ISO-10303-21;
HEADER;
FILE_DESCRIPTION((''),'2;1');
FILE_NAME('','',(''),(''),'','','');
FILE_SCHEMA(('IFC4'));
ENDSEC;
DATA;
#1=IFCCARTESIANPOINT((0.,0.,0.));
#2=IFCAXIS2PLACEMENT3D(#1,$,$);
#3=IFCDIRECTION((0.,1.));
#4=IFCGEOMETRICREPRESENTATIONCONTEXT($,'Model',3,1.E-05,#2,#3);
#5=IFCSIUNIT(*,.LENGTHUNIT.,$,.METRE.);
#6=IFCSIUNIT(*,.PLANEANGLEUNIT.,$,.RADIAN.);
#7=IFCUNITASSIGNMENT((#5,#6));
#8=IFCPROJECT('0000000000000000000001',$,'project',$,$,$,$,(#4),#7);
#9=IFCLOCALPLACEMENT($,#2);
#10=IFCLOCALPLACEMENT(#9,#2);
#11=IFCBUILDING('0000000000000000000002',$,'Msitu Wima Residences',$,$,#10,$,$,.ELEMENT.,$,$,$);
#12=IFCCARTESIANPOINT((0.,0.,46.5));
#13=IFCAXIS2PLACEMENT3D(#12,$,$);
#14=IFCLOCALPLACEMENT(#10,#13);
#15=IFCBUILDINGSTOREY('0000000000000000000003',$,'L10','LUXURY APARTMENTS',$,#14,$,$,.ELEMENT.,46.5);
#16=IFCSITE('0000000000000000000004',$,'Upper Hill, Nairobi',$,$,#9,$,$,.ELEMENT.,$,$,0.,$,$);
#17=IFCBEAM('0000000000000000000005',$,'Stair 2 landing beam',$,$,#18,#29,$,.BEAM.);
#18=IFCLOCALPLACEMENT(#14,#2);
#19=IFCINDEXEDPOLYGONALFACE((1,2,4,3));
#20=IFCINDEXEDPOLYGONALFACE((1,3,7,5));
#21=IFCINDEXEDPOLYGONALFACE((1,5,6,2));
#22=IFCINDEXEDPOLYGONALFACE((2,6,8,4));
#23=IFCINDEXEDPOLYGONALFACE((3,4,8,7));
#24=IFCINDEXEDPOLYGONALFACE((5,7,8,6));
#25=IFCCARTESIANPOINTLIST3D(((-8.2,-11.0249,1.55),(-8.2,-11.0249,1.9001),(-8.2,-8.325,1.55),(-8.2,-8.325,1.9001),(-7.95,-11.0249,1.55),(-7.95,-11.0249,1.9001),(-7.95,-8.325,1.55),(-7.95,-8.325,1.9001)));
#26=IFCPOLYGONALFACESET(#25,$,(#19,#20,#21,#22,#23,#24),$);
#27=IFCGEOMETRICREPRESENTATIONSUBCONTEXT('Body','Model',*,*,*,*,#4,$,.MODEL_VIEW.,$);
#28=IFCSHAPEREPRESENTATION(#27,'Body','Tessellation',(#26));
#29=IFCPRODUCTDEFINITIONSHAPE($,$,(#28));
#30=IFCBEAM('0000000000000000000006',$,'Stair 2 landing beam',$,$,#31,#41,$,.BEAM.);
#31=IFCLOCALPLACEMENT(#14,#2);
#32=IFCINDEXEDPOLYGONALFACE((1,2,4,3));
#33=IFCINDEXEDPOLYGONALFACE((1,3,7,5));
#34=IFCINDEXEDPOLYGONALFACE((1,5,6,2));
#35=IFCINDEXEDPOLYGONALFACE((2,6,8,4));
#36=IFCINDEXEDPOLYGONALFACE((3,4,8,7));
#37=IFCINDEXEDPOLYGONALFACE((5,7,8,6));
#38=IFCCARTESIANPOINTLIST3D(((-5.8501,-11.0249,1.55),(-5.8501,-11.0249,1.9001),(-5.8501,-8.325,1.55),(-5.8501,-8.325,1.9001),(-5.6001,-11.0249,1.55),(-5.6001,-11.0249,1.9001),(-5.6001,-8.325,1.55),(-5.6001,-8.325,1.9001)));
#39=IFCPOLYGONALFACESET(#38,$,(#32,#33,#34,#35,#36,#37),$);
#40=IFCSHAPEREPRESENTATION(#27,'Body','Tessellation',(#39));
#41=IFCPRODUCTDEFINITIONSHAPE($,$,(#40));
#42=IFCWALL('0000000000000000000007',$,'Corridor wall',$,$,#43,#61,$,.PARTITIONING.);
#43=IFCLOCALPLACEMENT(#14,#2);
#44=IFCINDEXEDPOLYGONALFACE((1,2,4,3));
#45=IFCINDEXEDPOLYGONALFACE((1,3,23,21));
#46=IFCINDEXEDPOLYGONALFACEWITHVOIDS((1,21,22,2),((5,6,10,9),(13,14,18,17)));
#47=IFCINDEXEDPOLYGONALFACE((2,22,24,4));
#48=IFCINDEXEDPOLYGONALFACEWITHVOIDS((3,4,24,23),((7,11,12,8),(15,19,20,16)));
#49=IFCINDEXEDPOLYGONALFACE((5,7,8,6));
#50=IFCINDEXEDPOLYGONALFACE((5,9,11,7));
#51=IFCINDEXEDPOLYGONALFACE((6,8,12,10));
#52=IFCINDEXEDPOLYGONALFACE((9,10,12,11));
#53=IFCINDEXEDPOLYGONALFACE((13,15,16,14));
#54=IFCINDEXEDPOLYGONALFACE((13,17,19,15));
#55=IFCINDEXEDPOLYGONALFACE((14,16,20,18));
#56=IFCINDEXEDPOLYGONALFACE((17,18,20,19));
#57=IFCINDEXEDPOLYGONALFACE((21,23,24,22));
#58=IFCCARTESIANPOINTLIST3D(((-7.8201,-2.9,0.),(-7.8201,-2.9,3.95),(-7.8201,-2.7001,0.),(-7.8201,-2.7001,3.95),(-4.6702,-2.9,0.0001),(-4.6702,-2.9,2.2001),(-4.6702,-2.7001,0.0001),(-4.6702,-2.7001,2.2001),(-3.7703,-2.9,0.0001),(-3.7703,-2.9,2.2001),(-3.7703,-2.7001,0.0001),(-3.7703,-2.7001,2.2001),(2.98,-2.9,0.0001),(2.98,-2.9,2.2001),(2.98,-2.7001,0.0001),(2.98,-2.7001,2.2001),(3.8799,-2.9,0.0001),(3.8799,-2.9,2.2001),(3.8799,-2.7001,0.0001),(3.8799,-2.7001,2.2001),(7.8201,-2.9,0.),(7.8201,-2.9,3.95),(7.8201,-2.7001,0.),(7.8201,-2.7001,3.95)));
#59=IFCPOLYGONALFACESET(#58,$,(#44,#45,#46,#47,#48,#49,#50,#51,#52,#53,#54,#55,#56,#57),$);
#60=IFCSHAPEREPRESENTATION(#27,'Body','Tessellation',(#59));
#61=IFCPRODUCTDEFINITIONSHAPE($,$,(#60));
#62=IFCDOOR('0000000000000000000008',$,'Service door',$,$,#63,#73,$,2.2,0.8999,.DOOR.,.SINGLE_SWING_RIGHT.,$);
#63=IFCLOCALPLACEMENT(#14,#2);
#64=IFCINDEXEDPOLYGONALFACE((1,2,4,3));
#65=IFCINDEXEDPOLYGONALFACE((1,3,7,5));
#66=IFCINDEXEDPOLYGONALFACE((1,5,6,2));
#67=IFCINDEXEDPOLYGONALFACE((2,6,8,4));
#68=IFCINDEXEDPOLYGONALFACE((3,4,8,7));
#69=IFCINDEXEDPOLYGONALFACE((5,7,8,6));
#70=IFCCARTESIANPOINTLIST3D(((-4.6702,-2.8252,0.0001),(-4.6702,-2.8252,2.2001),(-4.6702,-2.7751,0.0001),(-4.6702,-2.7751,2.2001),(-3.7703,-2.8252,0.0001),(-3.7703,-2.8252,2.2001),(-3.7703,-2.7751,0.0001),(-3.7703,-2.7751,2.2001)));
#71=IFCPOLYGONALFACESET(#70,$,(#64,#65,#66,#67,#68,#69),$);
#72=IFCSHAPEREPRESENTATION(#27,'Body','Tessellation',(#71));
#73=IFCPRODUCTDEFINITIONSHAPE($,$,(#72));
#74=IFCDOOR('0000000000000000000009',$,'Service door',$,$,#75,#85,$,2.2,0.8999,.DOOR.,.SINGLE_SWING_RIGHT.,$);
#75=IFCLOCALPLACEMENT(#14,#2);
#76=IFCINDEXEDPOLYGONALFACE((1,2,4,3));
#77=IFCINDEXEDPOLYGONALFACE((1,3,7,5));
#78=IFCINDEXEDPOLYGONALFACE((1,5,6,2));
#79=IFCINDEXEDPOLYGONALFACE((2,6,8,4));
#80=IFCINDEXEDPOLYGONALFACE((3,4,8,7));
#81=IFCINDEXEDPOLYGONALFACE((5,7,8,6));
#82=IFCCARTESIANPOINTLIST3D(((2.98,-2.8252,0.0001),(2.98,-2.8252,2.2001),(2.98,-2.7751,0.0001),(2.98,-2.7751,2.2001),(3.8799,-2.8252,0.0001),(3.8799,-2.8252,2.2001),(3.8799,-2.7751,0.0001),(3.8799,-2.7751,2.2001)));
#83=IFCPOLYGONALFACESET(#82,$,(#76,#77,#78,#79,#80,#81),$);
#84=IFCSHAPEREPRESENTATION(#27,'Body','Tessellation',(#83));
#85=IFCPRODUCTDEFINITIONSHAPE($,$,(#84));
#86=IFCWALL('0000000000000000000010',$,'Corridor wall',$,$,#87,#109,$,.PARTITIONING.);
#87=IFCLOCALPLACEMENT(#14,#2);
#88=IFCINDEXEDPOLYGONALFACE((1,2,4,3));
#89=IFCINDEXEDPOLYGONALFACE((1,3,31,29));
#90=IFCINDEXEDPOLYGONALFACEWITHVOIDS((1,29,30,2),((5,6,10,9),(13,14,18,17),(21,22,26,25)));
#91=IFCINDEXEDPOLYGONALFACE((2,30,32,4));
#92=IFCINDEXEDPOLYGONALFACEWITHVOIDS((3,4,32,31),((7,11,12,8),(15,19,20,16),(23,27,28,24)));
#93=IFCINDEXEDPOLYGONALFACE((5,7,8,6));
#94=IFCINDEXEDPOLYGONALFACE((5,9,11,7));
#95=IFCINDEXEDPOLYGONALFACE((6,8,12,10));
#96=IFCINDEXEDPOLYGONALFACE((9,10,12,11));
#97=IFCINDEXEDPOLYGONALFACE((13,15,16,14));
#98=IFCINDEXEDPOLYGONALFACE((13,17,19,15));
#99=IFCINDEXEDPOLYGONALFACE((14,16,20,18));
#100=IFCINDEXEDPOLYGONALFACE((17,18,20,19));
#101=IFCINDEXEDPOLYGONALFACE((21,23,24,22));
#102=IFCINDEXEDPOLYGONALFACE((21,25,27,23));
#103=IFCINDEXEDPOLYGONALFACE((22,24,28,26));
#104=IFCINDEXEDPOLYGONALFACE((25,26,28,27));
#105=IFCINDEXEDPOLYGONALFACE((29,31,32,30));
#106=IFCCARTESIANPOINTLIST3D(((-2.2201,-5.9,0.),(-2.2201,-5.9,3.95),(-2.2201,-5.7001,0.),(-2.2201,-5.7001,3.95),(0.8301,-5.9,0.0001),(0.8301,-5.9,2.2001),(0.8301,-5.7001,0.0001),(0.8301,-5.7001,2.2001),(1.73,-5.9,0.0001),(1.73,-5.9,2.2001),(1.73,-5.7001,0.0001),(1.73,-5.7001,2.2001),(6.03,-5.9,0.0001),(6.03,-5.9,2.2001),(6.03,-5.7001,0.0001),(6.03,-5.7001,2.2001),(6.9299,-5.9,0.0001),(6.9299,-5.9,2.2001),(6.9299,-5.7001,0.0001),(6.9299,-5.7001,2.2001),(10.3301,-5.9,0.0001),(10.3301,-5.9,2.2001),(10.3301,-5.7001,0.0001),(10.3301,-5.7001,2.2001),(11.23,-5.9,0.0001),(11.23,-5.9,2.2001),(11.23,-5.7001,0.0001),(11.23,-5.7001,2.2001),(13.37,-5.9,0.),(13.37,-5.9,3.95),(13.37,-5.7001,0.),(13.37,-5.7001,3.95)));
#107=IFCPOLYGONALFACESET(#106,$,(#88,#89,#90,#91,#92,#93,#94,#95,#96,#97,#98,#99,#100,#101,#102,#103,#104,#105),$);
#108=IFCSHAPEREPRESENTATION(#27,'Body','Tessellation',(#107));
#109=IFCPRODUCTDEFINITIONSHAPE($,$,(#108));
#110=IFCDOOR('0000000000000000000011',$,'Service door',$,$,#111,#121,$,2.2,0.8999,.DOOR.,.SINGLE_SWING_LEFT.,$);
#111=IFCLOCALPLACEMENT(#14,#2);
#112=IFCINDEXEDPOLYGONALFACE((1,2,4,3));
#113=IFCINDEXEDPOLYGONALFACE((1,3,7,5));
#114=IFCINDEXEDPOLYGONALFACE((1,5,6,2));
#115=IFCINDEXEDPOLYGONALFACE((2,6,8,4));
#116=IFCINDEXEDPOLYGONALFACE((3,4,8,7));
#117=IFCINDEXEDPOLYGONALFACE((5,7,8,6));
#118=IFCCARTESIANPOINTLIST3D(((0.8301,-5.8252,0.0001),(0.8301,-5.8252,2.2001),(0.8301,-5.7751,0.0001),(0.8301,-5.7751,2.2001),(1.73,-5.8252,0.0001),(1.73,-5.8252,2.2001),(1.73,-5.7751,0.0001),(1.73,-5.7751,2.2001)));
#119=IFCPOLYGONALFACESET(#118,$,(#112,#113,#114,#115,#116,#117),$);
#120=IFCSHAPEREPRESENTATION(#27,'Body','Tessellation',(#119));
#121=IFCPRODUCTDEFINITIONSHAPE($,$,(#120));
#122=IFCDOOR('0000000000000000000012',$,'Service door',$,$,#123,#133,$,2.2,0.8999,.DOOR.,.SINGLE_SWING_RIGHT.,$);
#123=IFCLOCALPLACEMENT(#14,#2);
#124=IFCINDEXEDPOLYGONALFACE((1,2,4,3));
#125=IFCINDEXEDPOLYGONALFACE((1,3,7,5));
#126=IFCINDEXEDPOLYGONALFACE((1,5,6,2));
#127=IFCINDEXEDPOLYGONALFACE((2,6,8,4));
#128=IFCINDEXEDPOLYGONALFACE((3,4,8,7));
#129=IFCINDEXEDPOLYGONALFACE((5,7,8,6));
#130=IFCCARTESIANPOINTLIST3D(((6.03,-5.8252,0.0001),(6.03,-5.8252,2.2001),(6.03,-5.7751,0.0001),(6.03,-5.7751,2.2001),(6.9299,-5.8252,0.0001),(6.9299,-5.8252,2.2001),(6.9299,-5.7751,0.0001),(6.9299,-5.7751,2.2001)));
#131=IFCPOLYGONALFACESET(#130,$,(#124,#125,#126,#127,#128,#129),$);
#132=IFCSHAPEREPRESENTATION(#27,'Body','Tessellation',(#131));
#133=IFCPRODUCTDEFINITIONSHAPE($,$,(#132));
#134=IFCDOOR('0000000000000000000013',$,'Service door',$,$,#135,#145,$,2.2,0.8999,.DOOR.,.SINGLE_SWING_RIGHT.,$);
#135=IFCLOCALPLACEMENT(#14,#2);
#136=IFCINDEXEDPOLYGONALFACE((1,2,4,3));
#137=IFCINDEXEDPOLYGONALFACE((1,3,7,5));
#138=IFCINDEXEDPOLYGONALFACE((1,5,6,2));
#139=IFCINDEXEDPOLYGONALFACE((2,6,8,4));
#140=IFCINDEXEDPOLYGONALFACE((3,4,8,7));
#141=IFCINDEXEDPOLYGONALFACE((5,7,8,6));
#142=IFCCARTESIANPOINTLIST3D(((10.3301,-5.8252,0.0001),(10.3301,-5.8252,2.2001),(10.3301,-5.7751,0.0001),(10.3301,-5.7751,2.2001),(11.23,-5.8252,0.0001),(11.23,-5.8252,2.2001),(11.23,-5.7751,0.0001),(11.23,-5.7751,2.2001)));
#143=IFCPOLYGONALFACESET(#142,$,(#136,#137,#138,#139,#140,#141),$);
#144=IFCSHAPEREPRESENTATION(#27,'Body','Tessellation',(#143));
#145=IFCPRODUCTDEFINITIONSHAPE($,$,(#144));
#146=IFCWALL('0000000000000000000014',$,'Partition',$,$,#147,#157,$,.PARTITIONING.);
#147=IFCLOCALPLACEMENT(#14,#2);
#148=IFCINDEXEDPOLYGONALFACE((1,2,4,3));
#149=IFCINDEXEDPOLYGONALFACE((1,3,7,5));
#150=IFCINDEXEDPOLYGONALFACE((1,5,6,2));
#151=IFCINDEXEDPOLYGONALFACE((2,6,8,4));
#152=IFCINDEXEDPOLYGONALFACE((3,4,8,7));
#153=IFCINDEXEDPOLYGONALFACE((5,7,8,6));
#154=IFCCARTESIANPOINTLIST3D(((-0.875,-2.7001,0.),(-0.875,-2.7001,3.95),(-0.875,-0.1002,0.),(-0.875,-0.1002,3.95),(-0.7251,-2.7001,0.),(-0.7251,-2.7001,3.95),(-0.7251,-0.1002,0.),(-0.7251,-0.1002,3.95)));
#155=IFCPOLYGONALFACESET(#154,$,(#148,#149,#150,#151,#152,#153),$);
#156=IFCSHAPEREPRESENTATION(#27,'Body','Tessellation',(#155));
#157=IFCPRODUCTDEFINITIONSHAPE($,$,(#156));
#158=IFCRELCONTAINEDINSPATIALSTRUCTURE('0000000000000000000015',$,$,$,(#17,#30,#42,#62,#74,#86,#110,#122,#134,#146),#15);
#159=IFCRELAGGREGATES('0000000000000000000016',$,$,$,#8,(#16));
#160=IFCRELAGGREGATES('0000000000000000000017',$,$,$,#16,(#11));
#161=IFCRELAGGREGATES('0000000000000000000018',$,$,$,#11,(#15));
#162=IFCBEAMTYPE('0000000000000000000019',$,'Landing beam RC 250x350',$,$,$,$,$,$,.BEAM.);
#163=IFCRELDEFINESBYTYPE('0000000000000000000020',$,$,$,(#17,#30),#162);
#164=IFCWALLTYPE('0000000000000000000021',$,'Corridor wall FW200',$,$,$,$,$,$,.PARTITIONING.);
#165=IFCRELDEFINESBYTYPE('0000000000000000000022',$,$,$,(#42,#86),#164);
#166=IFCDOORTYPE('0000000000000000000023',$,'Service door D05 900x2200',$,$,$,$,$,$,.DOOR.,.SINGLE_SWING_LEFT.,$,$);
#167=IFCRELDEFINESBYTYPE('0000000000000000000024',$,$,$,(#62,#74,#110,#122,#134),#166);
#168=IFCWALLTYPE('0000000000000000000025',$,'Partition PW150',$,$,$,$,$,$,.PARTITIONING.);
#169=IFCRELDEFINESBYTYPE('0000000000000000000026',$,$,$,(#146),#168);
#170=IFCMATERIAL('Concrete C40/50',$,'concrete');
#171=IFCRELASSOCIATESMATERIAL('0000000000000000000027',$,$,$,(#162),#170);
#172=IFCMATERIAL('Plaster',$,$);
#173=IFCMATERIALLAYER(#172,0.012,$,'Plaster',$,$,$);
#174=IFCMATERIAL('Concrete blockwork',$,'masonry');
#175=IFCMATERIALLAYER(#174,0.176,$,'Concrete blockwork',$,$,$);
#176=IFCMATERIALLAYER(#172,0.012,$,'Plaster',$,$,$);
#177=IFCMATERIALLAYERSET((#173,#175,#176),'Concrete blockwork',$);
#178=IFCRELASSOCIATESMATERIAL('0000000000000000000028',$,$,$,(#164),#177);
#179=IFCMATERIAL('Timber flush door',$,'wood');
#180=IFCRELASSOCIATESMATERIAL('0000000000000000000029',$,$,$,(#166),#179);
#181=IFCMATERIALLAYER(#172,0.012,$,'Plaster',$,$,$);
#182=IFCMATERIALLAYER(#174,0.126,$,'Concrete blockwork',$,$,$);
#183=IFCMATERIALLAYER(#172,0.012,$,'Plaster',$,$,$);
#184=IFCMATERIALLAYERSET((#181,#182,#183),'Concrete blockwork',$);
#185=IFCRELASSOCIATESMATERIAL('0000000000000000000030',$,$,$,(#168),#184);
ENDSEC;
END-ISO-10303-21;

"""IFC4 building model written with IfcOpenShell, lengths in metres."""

from ifc_helpers import new_model, si_unit, direction, frame, frame_2d, origin, origin_2d, place, context, subcontext, project, spatial, rectangle, extrude, material, layer, layer_set, material_profile, profile_set, type_object, element, fill, save


model = new_model("IFC4")

# Units and contexts
model_context = context("Model", 3, precision=1e-05, world=origin(), true_north=direction((0.0, 1.0)))
body_context = subcontext(model_context, "Body", "Model", "MODEL_VIEW")
ifc_project = project(units=[si_unit("LENGTHUNIT", "METRE"), si_unit("PLANEANGLEUNIT", "RADIAN")], contexts=[model_context])

# Site, building, storey
site_placement = place(None, origin())
site = spatial("IfcSite", under=ifc_project, at=site_placement, Name="Upper Hill, Nairobi", CompositionType="ELEMENT", RefElevation=0.0)
building_placement = place(site_placement, origin())
building = spatial("IfcBuilding", under=site, at=building_placement, Name="Msitu Wima Residences", CompositionType="ELEMENT")
storey_placement = place(building_placement, frame((0.0, 0.0, 46.5)))
storey = spatial("IfcBuildingStorey", under=building, at=storey_placement, Name="L10", Description="LUXURY APARTMENTS", CompositionType="ELEMENT", Elevation=46.5)

# Beams
ifc_material_1 = material(Name="Concrete C40/50", Category="concrete")
ifc_material_profile = material_profile(ifc_material_1, rectangle(XDim=0.25, YDim=0.3501, at=origin_2d()), Name="RC 250x350")
ifc_profile_set = profile_set([ifc_material_profile], Name="Concrete C40/50")
beam_type = type_object("IfcBeamType", Name="Landing beam RC 250x350", PredefinedType="BEAM", material=ifc_profile_set)
for number, where, z_axis, x_axis, name in (
    (1, (-8.075, -11.0249, 1.7251), (0.0, 1.0, 0.0), (-1.0, 0.0, 0.0), "Stair 2 landing beam"),
    (2, (-5.7251, -11.0249, 1.7251), (0.0, 1.0, 0.0), (-1.0, 0.0, 0.0), "Stair 2 landing beam"),
):
    element("IfcBeam", number, at=place(storey_placement, frame(where, z_axis=z_axis, x_axis=x_axis)), inside=storey, type_object=beam_type, Name=name, PredefinedType="BEAM", context=body_context, shape_type="SweptSolid", body=[
        extrude(rectangle(XDim=0.25, YDim=0.3501, at=origin_2d()), origin(), (0.0, 0.0, 1.0), 2.7),
    ])

# Wall, openings, doors
ifc_material_2 = material(Name="Plaster")
ifc_layer_1 = layer(ifc_material_2, 0.012, Name="Plaster")
ifc_material_3 = material(Name="Concrete blockwork", Category="masonry")
ifc_layer_2 = layer(ifc_material_3, 0.176, Name="Concrete blockwork")
ifc_layer_3 = layer(ifc_material_2, 0.012, Name="Plaster")
ifc_layer_set_1 = layer_set([ifc_layer_1, ifc_layer_2, ifc_layer_3], Name="Concrete blockwork")
wall_type_1 = type_object("IfcWallType", Name="Corridor wall FW200", PredefinedType="PARTITIONING", material=ifc_layer_set_1)
wall_1_placement = place(storey_placement, frame((-7.8201, -2.8, 0.0), z_axis=(0.0, 0.0, 1.0), x_axis=(1.0, 0.0, 0.0)))
wall_1 = element("IfcWall", 3, at=wall_1_placement, inside=storey, type_object=wall_type_1, Name="Corridor wall", PredefinedType="PARTITIONING", context=body_context, shape_type="SweptSolid", body=[
    extrude(rectangle(XDim=15.6401, YDim=0.2, at=frame_2d((7.8201, 0.0))), origin(), (0.0, 0.0, 1.0), 3.95),
])
opening_1_placement = place(wall_1_placement, frame((3.1499, 0.0, 0.0)))
opening_1 = element("IfcOpeningElement", 4, at=opening_1_placement, cuts=wall_1, PredefinedType="OPENING", context=body_context, shape_type="SweptSolid", body=[
    extrude(rectangle(XDim=0.8999, YDim=2.2, at=frame_2d((0.45, 1.1001))), frame((0.0, 0.1099, 0.0), z_axis=(0.0, -1.0, 0.0), x_axis=(1.0, 0.0, 0.0)), (0.0, 0.0, 1.0), 0.22),
])
opening_2_placement = place(wall_1_placement, frame((10.8, 0.0, 0.0)))
opening_2 = element("IfcOpeningElement", 5, at=opening_2_placement, cuts=wall_1, PredefinedType="OPENING", context=body_context, shape_type="SweptSolid", body=[
    extrude(rectangle(XDim=0.8999, YDim=2.2, at=frame_2d((0.45, 1.1001))), frame((0.0, 0.1099, 0.0), z_axis=(0.0, -1.0, 0.0), x_axis=(1.0, 0.0, 0.0)), (0.0, 0.0, 1.0), 0.22),
])
ifc_material_4 = material(Name="Timber flush door", Category="wood")
door_type_1 = type_object("IfcDoorType", Name="Service door D05 900x2200", OperationType="SINGLE_SWING_LEFT", PredefinedType="DOOR", material=ifc_material_4)
door_1_placement = place(opening_1_placement, origin())
door_1 = element("IfcDoor", 6, at=door_1_placement, inside=storey, type_object=door_type_1, Name="Service door", OperationType="SINGLE_SWING_RIGHT", OverallHeight=2.2, OverallWidth=0.8999, PredefinedType="DOOR", context=body_context, shape_type="SweptSolid", body=[
    extrude(rectangle(XDim=0.8999, YDim=2.2, at=frame_2d((0.45, 1.1001))), frame((0.0, 0.0249, 0.0), z_axis=(0.0, -1.0, 0.0), x_axis=(1.0, 0.0, 0.0)), (0.0, 0.0, 1.0), 0.05),
])
fill(opening_1, door_1)
door_2_placement = place(opening_2_placement, origin())
door_2 = element("IfcDoor", 7, at=door_2_placement, inside=storey, type_object=door_type_1, Name="Service door", OperationType="SINGLE_SWING_RIGHT", OverallHeight=2.2, OverallWidth=0.8999, PredefinedType="DOOR", context=body_context, shape_type="SweptSolid", body=[
    extrude(rectangle(XDim=0.8999, YDim=2.2, at=frame_2d((0.45, 1.1001))), frame((0.0, 0.0249, 0.0), z_axis=(0.0, -1.0, 0.0), x_axis=(1.0, 0.0, 0.0)), (0.0, 0.0, 1.0), 0.05),
])
fill(opening_2, door_2)

# Wall, openings, doors
wall_2_placement = place(storey_placement, frame((-2.22, -5.8, 0.0), z_axis=(0.0, 0.0, 1.0), x_axis=(1.0, 0.0, 0.0)))
wall_2 = element("IfcWall", 8, at=wall_2_placement, inside=storey, type_object=wall_type_1, Name="Corridor wall", PredefinedType="PARTITIONING", context=body_context, shape_type="SweptSolid", body=[
    extrude(rectangle(XDim=15.5901, YDim=0.2, at=frame_2d((7.7949, 0.0))), origin(), (0.0, 0.0, 1.0), 3.95),
])
opening_3_placement = place(wall_2_placement, frame((3.05, 0.0, 0.0)))
opening_3 = element("IfcOpeningElement", 9, at=opening_3_placement, cuts=wall_2, PredefinedType="OPENING", context=body_context, shape_type="SweptSolid", body=[
    extrude(rectangle(XDim=0.8999, YDim=2.2, at=frame_2d((0.45, 1.1001))), frame((0.0, 0.1099, 0.0), z_axis=(0.0, -1.0, 0.0), x_axis=(1.0, 0.0, 0.0)), (0.0, 0.0, 1.0), 0.22),
])
opening_4_placement = place(wall_2_placement, frame((8.25, 0.0, 0.0)))
opening_4 = element("IfcOpeningElement", 10, at=opening_4_placement, cuts=wall_2, PredefinedType="OPENING", context=body_context, shape_type="SweptSolid", body=[
    extrude(rectangle(XDim=0.8999, YDim=2.2, at=frame_2d((0.45, 1.1001))), frame((0.0, 0.1099, 0.0), z_axis=(0.0, -1.0, 0.0), x_axis=(1.0, 0.0, 0.0)), (0.0, 0.0, 1.0), 0.22),
])
opening_5_placement = place(wall_2_placement, frame((12.55, 0.0, 0.0)))
opening_5 = element("IfcOpeningElement", 11, at=opening_5_placement, cuts=wall_2, PredefinedType="OPENING", context=body_context, shape_type="SweptSolid", body=[
    extrude(rectangle(XDim=0.8999, YDim=2.2, at=frame_2d((0.45, 1.1001))), frame((0.0, 0.1099, 0.0), z_axis=(0.0, -1.0, 0.0), x_axis=(1.0, 0.0, 0.0)), (0.0, 0.0, 1.0), 0.22),
])
door_3_placement = place(opening_3_placement, origin())
door_3 = element("IfcDoor", 12, at=door_3_placement, inside=storey, type_object=door_type_1, Name="Service door", OperationType="SINGLE_SWING_LEFT", OverallHeight=2.2, OverallWidth=0.8999, PredefinedType="DOOR", context=body_context, shape_type="SweptSolid", body=[
    extrude(rectangle(XDim=0.8999, YDim=2.2, at=frame_2d((0.45, 1.1001))), frame((0.0, 0.0249, 0.0), z_axis=(0.0, -1.0, 0.0), x_axis=(1.0, 0.0, 0.0)), (0.0, 0.0, 1.0), 0.05),
])
fill(opening_3, door_3)
door_4_placement = place(opening_4_placement, origin())
door_4 = element("IfcDoor", 13, at=door_4_placement, inside=storey, type_object=door_type_1, Name="Service door", OperationType="SINGLE_SWING_RIGHT", OverallHeight=2.2, OverallWidth=0.8999, PredefinedType="DOOR", context=body_context, shape_type="SweptSolid", body=[
    extrude(rectangle(XDim=0.8999, YDim=2.2, at=frame_2d((0.45, 1.1001))), frame((0.0, 0.0249, 0.0), z_axis=(0.0, -1.0, 0.0), x_axis=(1.0, 0.0, 0.0)), (0.0, 0.0, 1.0), 0.05),
])
fill(opening_4, door_4)
door_5_placement = place(opening_5_placement, origin())
door_5 = element("IfcDoor", 14, at=door_5_placement, inside=storey, type_object=door_type_1, Name="Service door", OperationType="SINGLE_SWING_RIGHT", OverallHeight=2.2, OverallWidth=0.8999, PredefinedType="DOOR", context=body_context, shape_type="SweptSolid", body=[
    extrude(rectangle(XDim=0.8999, YDim=2.2, at=frame_2d((0.45, 1.1001))), frame((0.0, 0.0249, 0.0), z_axis=(0.0, -1.0, 0.0), x_axis=(1.0, 0.0, 0.0)), (0.0, 0.0, 1.0), 0.05),
])
fill(opening_5, door_5)

# Wall
ifc_layer_4 = layer(ifc_material_2, 0.012, Name="Plaster")
ifc_layer_5 = layer(ifc_material_3, 0.126, Name="Concrete blockwork")
ifc_layer_6 = layer(ifc_material_2, 0.012, Name="Plaster")
ifc_layer_set_2 = layer_set([ifc_layer_4, ifc_layer_5, ifc_layer_6], Name="Concrete blockwork")
wall_type_2 = type_object("IfcWallType", Name="Partition PW150", PredefinedType="PARTITIONING", material=ifc_layer_set_2)
wall_3_placement = place(storey_placement, frame((-0.8, -2.7, 0.0), z_axis=(0.0, 0.0, 1.0), x_axis=(0.0, 1.0, 0.0)))
element("IfcWall", 15, at=wall_3_placement, inside=storey, type_object=wall_type_2, Name="Partition", PredefinedType="PARTITIONING", context=body_context, shape_type="SweptSolid", body=[
    extrude(rectangle(XDim=2.5999, YDim=0.1499, at=frame_2d((1.2998, 0.0))), origin(), (0.0, 0.0, 1.0), 3.95),
])

save(model, "model.ifc")
